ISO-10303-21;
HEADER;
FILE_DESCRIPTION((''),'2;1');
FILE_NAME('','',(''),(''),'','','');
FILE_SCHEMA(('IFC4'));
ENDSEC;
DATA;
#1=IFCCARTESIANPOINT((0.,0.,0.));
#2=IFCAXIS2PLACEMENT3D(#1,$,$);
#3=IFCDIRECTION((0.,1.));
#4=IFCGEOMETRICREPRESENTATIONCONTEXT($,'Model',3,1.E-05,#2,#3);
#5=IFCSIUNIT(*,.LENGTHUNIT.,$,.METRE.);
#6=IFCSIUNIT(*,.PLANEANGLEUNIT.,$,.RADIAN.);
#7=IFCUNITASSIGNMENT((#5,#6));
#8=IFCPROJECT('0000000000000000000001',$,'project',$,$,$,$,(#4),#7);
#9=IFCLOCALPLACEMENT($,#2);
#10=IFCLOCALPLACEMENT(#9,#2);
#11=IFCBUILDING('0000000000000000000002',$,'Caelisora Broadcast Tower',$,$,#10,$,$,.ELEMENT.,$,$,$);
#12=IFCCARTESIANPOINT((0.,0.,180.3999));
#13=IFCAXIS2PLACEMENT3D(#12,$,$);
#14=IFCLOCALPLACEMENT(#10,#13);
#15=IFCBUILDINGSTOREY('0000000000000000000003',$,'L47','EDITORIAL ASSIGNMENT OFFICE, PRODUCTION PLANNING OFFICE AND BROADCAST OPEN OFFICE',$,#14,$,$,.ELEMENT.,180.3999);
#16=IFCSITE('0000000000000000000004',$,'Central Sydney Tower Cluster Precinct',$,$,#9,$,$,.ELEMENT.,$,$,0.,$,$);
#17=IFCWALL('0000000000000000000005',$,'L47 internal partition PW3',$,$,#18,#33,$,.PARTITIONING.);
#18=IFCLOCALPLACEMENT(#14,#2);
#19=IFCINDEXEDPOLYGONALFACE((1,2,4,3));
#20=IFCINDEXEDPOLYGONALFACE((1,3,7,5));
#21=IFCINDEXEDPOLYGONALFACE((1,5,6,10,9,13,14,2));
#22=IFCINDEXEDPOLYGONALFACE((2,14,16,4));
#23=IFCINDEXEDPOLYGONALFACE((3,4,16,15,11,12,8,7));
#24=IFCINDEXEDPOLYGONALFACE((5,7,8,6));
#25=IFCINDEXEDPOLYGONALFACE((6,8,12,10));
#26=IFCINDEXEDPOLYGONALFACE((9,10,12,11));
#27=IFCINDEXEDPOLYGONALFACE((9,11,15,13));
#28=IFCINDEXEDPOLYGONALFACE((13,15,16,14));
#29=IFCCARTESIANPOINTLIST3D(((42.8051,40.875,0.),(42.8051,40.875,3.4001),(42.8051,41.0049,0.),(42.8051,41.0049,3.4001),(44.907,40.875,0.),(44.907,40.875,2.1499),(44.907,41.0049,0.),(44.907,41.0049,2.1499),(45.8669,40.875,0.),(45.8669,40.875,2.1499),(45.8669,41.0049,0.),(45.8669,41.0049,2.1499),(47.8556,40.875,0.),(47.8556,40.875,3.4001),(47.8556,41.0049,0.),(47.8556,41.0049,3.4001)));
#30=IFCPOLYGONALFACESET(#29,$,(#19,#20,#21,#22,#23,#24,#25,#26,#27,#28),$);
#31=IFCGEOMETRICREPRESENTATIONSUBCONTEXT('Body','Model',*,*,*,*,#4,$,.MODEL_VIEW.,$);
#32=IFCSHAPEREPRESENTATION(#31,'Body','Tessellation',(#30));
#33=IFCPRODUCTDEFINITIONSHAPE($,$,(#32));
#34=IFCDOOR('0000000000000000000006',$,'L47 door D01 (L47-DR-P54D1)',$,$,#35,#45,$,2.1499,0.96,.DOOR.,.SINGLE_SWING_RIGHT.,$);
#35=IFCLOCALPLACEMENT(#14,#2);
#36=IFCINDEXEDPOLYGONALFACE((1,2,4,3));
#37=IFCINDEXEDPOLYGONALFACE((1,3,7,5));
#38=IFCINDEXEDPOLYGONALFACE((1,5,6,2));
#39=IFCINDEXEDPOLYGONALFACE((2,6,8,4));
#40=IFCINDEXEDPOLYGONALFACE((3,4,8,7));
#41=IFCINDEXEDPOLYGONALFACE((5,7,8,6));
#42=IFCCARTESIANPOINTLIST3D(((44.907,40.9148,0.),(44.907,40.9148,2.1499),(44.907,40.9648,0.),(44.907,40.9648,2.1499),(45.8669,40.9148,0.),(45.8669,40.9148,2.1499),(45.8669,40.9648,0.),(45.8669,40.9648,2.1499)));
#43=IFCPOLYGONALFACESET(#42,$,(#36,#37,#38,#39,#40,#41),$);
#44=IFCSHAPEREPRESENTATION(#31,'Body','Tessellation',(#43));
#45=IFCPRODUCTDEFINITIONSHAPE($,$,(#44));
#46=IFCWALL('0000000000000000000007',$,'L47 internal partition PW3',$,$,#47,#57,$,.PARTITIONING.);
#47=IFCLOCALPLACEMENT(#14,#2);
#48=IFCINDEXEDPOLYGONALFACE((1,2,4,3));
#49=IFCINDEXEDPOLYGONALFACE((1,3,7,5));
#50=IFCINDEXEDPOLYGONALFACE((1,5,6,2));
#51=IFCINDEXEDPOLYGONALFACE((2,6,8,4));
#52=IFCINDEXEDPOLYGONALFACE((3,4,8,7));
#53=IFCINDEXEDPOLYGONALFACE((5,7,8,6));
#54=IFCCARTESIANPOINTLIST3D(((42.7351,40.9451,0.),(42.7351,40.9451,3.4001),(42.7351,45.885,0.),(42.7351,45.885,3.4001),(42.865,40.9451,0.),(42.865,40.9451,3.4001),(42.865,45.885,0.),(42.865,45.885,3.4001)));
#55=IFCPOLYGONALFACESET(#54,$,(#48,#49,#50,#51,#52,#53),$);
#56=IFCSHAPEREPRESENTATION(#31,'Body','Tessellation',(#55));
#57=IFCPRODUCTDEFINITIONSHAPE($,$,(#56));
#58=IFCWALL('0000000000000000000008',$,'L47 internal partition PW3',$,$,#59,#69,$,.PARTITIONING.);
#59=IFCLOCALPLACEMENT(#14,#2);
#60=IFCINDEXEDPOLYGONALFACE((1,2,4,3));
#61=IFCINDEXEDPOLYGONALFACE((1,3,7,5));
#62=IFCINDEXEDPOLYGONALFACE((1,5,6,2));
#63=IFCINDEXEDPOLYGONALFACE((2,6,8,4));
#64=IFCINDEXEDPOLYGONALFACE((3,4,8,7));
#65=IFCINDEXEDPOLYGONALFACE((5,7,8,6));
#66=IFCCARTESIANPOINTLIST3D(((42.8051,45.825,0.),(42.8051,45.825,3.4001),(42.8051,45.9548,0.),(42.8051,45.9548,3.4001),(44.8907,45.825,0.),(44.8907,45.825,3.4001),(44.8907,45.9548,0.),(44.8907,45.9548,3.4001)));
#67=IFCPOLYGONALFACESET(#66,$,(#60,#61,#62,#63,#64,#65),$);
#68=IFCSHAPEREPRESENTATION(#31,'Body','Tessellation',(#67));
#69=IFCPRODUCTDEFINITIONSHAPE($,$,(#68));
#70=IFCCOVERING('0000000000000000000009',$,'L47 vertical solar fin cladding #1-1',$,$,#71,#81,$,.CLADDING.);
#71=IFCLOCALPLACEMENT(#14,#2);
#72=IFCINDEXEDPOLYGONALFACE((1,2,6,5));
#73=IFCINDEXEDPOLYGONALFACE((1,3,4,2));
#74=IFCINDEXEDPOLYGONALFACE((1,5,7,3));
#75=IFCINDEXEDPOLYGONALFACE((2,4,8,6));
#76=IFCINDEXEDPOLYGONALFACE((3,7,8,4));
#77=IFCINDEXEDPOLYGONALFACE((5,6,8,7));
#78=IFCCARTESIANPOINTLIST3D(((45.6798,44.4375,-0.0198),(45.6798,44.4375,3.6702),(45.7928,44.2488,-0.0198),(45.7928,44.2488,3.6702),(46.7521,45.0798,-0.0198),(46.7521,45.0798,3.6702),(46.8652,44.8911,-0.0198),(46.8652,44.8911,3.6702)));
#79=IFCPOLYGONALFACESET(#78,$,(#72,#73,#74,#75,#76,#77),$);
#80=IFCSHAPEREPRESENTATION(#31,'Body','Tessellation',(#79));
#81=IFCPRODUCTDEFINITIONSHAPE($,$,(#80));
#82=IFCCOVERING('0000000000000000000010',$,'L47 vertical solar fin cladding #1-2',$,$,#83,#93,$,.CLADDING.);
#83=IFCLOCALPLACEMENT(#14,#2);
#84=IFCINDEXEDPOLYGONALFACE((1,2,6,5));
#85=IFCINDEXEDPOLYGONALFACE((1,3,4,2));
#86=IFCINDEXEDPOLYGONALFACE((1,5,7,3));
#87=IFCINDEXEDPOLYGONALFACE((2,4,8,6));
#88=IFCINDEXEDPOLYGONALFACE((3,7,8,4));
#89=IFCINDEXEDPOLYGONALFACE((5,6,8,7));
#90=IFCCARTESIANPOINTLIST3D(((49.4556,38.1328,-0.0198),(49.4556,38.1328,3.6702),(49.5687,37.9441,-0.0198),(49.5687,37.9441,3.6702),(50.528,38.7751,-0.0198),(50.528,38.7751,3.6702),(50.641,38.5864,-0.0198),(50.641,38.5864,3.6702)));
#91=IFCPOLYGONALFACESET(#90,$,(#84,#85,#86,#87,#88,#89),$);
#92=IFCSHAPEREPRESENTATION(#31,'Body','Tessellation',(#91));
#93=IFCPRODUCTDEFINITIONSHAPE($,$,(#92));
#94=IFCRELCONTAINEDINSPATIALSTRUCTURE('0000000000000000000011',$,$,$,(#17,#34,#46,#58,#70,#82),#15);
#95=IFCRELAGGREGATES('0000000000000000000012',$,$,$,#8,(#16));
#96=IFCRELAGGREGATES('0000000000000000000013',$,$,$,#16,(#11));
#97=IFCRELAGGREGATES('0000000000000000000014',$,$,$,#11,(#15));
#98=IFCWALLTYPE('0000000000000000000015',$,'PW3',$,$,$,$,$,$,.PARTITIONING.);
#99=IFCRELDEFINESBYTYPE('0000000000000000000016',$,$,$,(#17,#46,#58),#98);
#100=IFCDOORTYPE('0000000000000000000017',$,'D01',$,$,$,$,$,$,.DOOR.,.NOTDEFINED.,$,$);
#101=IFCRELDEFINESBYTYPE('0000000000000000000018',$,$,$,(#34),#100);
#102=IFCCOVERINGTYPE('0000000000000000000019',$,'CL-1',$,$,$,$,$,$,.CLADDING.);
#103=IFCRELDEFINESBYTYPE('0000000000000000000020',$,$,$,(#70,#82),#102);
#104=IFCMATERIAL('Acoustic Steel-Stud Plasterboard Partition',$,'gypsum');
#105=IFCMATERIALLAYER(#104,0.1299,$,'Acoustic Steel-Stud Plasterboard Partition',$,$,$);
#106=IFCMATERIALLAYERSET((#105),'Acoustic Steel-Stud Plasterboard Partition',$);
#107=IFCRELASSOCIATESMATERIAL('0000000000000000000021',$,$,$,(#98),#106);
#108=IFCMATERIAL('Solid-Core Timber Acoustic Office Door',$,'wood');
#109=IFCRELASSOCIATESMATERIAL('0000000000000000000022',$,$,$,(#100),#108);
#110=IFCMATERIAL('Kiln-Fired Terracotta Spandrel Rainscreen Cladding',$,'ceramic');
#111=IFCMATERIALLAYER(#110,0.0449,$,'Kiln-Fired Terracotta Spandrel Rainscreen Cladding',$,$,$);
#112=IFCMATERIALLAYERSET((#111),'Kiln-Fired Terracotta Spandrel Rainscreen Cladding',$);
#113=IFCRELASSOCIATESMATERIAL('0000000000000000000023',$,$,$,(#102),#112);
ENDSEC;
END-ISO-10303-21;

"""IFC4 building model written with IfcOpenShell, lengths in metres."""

from ifc_helpers import new_model, si_unit, direction, frame, frame_2d, origin, origin_2d, place, context, subcontext, project, spatial, rectangle, extrude, source, transform, mapped, material, layer, layer_set, type_object, type_shapes, element, fill, save


model = new_model("IFC4")

# Units and contexts
model_context = context("Model", 3, precision=1e-05, world=origin(), true_north=direction((0.0, 1.0)))
body_context = subcontext(model_context, "Body", "Model", "MODEL_VIEW")
ifc_project = project(units=[si_unit("LENGTHUNIT", "METRE"), si_unit("PLANEANGLEUNIT", "RADIAN")], contexts=[model_context])

# Site, building, storey
site_placement = place(None, origin())
site = spatial("IfcSite", under=ifc_project, at=site_placement, Name="Central Sydney Tower Cluster Precinct", CompositionType="ELEMENT", RefElevation=0.0)
building_placement = place(site_placement, origin())
building = spatial("IfcBuilding", under=site, at=building_placement, Name="Caelisora Broadcast Tower", CompositionType="ELEMENT")
storey_placement = place(building_placement, frame((0.0, 0.0, 180.3999)))
storey = spatial("IfcBuildingStorey", under=building, at=storey_placement, Name="L47", Description="EDITORIAL ASSIGNMENT OFFICE, PRODUCTION PLANNING OFFICE AND BROADCAST OPEN OFFICE", CompositionType="ELEMENT", Elevation=180.3999)

# Wall, opening, door
ifc_material_1 = material(Name="Acoustic Steel-Stud Plasterboard Partition", Category="gypsum")
ifc_layer_1 = layer(ifc_material_1, 0.1299, Name="Acoustic Steel-Stud Plasterboard Partition")
ifc_layer_set_1 = layer_set([ifc_layer_1], Name="Acoustic Steel-Stud Plasterboard Partition")
wall_type = type_object("IfcWallType", Name="PW3", PredefinedType="PARTITIONING", material=ifc_layer_set_1)
wall_1_placement = place(storey_placement, frame((42.8049, 40.9399, 0.0), z_axis=(0.0, 0.0, 1.0), x_axis=(1.0, 0.0, 0.0)))
wall_1 = element("IfcWall", 1, at=wall_1_placement, inside=storey, type_object=wall_type, Name="L47 internal partition PW3", PredefinedType="PARTITIONING", context=body_context, shape_type="SweptSolid", body=[
    extrude(rectangle(XDim=5.0505, YDim=0.1299, at=frame_2d((2.5254, 0.0))), origin(), (0.0, 0.0, 1.0), 3.4001),
])
opening_placement = place(wall_1_placement, frame((2.1021, 0.0, 0.0)))
opening = element("IfcOpeningElement", 2, at=opening_placement, cuts=wall_1, PredefinedType="OPENING", context=body_context, shape_type="SweptSolid", body=[
    extrude(rectangle(XDim=0.96, YDim=2.1499, at=frame_2d((0.48, 1.075))), frame((0.0, 0.0769, 0.0), z_axis=(0.0, -1.0, 0.0), x_axis=(1.0, 0.0, 0.0)), (0.0, 0.0, 1.0), 0.1538),
])
ifc_material_2 = material(Name="Solid-Core Timber Acoustic Office Door", Category="wood")
door_type = type_object("IfcDoorType", Name="D01", OperationType="NOTDEFINED", PredefinedType="DOOR", material=ifc_material_2)
door_placement = place(opening_placement, origin())
door = element("IfcDoor", 3, at=door_placement, inside=storey, type_object=door_type, Name="L47 door D01 (L47-DR-P54D1)", OperationType="SINGLE_SWING_RIGHT", OverallHeight=2.1499, OverallWidth=0.96, PredefinedType="DOOR", context=body_context, shape_type="SweptSolid", body=[
    extrude(rectangle(XDim=0.96, YDim=2.1499, at=frame_2d((0.48, 1.075))), frame((0.0, 0.0249, 0.0), z_axis=(0.0, -1.0, 0.0), x_axis=(1.0, 0.0, 0.0)), (0.0, 0.0, 1.0), 0.05),
])
fill(opening, door)

# Walls
wall_2_placement = place(storey_placement, frame((42.8, 40.9451, 0.0), z_axis=(0.0, 0.0, 1.0), x_axis=(0.0, 1.0, 0.0)))
element("IfcWall", 4, at=wall_2_placement, inside=storey, type_object=wall_type, Name="L47 internal partition PW3", PredefinedType="PARTITIONING", context=body_context, shape_type="SweptSolid", body=[
    extrude(rectangle(XDim=4.9399, YDim=0.1299, at=frame_2d((2.47, 0.0))), origin(), (0.0, 0.0, 1.0), 3.4001),
])
wall_3_placement = place(storey_placement, frame((42.8049, 45.8899, 0.0), z_axis=(0.0, 0.0, 1.0), x_axis=(1.0, 0.0, 0.0)))
element("IfcWall", 5, at=wall_3_placement, inside=storey, type_object=wall_type, Name="L47 internal partition PW3", PredefinedType="PARTITIONING", context=body_context, shape_type="SweptSolid", body=[
    extrude(rectangle(XDim=2.0857, YDim=0.1299, at=frame_2d((1.043, 0.0))), origin(), (0.0, 0.0, 1.0), 3.4001),
])

# Coverings
ifc_material_3 = material(Name="Kiln-Fired Terracotta Spandrel Rainscreen Cladding", Category="ceramic")
ifc_layer_2 = layer(ifc_material_3, 0.0449, Name="Kiln-Fired Terracotta Spandrel Rainscreen Cladding")
ifc_layer_set_2 = layer_set([ifc_layer_2], Name="Kiln-Fired Terracotta Spandrel Rainscreen Cladding")
covering_type = type_object("IfcCoveringType", Name="CL-1", PredefinedType="CLADDING", material=ifc_layer_set_2)
shared_shape_1 = source(origin(), body_context, "Body", "SweptSolid", [
    extrude(rectangle(XDim=0.22, YDim=1.25, at=origin_2d()), origin(), (0.0, 0.0, 1.0), 3.6899),
])
type_shapes(covering_type, [shared_shape_1])
for number, where, z_axis, x_axis, name in (
    (6, (46.2725, 44.6643, -0.0198), (0.0, 0.0, 1.0), (0.513841, -0.857886, 0.0), "L47 vertical solar fin cladding #1-1"),
    (7, (50.0483, 38.3596, -0.0198), (0.0, 0.0, 1.0), (0.513841, -0.857886, 0.0), "L47 vertical solar fin cladding #1-2"),
):
    element("IfcCovering", number, at=place(storey_placement, frame(where, z_axis=z_axis, x_axis=x_axis)), inside=storey, type_object=covering_type, Name=name, PredefinedType="CLADDING", context=body_context, shape_type="MappedRepresentation", body=[
        mapped(shared_shape_1, transform((0.0, 0.0, 0.0), scale=1.0)),
    ])

save(model, "model.ifc")
